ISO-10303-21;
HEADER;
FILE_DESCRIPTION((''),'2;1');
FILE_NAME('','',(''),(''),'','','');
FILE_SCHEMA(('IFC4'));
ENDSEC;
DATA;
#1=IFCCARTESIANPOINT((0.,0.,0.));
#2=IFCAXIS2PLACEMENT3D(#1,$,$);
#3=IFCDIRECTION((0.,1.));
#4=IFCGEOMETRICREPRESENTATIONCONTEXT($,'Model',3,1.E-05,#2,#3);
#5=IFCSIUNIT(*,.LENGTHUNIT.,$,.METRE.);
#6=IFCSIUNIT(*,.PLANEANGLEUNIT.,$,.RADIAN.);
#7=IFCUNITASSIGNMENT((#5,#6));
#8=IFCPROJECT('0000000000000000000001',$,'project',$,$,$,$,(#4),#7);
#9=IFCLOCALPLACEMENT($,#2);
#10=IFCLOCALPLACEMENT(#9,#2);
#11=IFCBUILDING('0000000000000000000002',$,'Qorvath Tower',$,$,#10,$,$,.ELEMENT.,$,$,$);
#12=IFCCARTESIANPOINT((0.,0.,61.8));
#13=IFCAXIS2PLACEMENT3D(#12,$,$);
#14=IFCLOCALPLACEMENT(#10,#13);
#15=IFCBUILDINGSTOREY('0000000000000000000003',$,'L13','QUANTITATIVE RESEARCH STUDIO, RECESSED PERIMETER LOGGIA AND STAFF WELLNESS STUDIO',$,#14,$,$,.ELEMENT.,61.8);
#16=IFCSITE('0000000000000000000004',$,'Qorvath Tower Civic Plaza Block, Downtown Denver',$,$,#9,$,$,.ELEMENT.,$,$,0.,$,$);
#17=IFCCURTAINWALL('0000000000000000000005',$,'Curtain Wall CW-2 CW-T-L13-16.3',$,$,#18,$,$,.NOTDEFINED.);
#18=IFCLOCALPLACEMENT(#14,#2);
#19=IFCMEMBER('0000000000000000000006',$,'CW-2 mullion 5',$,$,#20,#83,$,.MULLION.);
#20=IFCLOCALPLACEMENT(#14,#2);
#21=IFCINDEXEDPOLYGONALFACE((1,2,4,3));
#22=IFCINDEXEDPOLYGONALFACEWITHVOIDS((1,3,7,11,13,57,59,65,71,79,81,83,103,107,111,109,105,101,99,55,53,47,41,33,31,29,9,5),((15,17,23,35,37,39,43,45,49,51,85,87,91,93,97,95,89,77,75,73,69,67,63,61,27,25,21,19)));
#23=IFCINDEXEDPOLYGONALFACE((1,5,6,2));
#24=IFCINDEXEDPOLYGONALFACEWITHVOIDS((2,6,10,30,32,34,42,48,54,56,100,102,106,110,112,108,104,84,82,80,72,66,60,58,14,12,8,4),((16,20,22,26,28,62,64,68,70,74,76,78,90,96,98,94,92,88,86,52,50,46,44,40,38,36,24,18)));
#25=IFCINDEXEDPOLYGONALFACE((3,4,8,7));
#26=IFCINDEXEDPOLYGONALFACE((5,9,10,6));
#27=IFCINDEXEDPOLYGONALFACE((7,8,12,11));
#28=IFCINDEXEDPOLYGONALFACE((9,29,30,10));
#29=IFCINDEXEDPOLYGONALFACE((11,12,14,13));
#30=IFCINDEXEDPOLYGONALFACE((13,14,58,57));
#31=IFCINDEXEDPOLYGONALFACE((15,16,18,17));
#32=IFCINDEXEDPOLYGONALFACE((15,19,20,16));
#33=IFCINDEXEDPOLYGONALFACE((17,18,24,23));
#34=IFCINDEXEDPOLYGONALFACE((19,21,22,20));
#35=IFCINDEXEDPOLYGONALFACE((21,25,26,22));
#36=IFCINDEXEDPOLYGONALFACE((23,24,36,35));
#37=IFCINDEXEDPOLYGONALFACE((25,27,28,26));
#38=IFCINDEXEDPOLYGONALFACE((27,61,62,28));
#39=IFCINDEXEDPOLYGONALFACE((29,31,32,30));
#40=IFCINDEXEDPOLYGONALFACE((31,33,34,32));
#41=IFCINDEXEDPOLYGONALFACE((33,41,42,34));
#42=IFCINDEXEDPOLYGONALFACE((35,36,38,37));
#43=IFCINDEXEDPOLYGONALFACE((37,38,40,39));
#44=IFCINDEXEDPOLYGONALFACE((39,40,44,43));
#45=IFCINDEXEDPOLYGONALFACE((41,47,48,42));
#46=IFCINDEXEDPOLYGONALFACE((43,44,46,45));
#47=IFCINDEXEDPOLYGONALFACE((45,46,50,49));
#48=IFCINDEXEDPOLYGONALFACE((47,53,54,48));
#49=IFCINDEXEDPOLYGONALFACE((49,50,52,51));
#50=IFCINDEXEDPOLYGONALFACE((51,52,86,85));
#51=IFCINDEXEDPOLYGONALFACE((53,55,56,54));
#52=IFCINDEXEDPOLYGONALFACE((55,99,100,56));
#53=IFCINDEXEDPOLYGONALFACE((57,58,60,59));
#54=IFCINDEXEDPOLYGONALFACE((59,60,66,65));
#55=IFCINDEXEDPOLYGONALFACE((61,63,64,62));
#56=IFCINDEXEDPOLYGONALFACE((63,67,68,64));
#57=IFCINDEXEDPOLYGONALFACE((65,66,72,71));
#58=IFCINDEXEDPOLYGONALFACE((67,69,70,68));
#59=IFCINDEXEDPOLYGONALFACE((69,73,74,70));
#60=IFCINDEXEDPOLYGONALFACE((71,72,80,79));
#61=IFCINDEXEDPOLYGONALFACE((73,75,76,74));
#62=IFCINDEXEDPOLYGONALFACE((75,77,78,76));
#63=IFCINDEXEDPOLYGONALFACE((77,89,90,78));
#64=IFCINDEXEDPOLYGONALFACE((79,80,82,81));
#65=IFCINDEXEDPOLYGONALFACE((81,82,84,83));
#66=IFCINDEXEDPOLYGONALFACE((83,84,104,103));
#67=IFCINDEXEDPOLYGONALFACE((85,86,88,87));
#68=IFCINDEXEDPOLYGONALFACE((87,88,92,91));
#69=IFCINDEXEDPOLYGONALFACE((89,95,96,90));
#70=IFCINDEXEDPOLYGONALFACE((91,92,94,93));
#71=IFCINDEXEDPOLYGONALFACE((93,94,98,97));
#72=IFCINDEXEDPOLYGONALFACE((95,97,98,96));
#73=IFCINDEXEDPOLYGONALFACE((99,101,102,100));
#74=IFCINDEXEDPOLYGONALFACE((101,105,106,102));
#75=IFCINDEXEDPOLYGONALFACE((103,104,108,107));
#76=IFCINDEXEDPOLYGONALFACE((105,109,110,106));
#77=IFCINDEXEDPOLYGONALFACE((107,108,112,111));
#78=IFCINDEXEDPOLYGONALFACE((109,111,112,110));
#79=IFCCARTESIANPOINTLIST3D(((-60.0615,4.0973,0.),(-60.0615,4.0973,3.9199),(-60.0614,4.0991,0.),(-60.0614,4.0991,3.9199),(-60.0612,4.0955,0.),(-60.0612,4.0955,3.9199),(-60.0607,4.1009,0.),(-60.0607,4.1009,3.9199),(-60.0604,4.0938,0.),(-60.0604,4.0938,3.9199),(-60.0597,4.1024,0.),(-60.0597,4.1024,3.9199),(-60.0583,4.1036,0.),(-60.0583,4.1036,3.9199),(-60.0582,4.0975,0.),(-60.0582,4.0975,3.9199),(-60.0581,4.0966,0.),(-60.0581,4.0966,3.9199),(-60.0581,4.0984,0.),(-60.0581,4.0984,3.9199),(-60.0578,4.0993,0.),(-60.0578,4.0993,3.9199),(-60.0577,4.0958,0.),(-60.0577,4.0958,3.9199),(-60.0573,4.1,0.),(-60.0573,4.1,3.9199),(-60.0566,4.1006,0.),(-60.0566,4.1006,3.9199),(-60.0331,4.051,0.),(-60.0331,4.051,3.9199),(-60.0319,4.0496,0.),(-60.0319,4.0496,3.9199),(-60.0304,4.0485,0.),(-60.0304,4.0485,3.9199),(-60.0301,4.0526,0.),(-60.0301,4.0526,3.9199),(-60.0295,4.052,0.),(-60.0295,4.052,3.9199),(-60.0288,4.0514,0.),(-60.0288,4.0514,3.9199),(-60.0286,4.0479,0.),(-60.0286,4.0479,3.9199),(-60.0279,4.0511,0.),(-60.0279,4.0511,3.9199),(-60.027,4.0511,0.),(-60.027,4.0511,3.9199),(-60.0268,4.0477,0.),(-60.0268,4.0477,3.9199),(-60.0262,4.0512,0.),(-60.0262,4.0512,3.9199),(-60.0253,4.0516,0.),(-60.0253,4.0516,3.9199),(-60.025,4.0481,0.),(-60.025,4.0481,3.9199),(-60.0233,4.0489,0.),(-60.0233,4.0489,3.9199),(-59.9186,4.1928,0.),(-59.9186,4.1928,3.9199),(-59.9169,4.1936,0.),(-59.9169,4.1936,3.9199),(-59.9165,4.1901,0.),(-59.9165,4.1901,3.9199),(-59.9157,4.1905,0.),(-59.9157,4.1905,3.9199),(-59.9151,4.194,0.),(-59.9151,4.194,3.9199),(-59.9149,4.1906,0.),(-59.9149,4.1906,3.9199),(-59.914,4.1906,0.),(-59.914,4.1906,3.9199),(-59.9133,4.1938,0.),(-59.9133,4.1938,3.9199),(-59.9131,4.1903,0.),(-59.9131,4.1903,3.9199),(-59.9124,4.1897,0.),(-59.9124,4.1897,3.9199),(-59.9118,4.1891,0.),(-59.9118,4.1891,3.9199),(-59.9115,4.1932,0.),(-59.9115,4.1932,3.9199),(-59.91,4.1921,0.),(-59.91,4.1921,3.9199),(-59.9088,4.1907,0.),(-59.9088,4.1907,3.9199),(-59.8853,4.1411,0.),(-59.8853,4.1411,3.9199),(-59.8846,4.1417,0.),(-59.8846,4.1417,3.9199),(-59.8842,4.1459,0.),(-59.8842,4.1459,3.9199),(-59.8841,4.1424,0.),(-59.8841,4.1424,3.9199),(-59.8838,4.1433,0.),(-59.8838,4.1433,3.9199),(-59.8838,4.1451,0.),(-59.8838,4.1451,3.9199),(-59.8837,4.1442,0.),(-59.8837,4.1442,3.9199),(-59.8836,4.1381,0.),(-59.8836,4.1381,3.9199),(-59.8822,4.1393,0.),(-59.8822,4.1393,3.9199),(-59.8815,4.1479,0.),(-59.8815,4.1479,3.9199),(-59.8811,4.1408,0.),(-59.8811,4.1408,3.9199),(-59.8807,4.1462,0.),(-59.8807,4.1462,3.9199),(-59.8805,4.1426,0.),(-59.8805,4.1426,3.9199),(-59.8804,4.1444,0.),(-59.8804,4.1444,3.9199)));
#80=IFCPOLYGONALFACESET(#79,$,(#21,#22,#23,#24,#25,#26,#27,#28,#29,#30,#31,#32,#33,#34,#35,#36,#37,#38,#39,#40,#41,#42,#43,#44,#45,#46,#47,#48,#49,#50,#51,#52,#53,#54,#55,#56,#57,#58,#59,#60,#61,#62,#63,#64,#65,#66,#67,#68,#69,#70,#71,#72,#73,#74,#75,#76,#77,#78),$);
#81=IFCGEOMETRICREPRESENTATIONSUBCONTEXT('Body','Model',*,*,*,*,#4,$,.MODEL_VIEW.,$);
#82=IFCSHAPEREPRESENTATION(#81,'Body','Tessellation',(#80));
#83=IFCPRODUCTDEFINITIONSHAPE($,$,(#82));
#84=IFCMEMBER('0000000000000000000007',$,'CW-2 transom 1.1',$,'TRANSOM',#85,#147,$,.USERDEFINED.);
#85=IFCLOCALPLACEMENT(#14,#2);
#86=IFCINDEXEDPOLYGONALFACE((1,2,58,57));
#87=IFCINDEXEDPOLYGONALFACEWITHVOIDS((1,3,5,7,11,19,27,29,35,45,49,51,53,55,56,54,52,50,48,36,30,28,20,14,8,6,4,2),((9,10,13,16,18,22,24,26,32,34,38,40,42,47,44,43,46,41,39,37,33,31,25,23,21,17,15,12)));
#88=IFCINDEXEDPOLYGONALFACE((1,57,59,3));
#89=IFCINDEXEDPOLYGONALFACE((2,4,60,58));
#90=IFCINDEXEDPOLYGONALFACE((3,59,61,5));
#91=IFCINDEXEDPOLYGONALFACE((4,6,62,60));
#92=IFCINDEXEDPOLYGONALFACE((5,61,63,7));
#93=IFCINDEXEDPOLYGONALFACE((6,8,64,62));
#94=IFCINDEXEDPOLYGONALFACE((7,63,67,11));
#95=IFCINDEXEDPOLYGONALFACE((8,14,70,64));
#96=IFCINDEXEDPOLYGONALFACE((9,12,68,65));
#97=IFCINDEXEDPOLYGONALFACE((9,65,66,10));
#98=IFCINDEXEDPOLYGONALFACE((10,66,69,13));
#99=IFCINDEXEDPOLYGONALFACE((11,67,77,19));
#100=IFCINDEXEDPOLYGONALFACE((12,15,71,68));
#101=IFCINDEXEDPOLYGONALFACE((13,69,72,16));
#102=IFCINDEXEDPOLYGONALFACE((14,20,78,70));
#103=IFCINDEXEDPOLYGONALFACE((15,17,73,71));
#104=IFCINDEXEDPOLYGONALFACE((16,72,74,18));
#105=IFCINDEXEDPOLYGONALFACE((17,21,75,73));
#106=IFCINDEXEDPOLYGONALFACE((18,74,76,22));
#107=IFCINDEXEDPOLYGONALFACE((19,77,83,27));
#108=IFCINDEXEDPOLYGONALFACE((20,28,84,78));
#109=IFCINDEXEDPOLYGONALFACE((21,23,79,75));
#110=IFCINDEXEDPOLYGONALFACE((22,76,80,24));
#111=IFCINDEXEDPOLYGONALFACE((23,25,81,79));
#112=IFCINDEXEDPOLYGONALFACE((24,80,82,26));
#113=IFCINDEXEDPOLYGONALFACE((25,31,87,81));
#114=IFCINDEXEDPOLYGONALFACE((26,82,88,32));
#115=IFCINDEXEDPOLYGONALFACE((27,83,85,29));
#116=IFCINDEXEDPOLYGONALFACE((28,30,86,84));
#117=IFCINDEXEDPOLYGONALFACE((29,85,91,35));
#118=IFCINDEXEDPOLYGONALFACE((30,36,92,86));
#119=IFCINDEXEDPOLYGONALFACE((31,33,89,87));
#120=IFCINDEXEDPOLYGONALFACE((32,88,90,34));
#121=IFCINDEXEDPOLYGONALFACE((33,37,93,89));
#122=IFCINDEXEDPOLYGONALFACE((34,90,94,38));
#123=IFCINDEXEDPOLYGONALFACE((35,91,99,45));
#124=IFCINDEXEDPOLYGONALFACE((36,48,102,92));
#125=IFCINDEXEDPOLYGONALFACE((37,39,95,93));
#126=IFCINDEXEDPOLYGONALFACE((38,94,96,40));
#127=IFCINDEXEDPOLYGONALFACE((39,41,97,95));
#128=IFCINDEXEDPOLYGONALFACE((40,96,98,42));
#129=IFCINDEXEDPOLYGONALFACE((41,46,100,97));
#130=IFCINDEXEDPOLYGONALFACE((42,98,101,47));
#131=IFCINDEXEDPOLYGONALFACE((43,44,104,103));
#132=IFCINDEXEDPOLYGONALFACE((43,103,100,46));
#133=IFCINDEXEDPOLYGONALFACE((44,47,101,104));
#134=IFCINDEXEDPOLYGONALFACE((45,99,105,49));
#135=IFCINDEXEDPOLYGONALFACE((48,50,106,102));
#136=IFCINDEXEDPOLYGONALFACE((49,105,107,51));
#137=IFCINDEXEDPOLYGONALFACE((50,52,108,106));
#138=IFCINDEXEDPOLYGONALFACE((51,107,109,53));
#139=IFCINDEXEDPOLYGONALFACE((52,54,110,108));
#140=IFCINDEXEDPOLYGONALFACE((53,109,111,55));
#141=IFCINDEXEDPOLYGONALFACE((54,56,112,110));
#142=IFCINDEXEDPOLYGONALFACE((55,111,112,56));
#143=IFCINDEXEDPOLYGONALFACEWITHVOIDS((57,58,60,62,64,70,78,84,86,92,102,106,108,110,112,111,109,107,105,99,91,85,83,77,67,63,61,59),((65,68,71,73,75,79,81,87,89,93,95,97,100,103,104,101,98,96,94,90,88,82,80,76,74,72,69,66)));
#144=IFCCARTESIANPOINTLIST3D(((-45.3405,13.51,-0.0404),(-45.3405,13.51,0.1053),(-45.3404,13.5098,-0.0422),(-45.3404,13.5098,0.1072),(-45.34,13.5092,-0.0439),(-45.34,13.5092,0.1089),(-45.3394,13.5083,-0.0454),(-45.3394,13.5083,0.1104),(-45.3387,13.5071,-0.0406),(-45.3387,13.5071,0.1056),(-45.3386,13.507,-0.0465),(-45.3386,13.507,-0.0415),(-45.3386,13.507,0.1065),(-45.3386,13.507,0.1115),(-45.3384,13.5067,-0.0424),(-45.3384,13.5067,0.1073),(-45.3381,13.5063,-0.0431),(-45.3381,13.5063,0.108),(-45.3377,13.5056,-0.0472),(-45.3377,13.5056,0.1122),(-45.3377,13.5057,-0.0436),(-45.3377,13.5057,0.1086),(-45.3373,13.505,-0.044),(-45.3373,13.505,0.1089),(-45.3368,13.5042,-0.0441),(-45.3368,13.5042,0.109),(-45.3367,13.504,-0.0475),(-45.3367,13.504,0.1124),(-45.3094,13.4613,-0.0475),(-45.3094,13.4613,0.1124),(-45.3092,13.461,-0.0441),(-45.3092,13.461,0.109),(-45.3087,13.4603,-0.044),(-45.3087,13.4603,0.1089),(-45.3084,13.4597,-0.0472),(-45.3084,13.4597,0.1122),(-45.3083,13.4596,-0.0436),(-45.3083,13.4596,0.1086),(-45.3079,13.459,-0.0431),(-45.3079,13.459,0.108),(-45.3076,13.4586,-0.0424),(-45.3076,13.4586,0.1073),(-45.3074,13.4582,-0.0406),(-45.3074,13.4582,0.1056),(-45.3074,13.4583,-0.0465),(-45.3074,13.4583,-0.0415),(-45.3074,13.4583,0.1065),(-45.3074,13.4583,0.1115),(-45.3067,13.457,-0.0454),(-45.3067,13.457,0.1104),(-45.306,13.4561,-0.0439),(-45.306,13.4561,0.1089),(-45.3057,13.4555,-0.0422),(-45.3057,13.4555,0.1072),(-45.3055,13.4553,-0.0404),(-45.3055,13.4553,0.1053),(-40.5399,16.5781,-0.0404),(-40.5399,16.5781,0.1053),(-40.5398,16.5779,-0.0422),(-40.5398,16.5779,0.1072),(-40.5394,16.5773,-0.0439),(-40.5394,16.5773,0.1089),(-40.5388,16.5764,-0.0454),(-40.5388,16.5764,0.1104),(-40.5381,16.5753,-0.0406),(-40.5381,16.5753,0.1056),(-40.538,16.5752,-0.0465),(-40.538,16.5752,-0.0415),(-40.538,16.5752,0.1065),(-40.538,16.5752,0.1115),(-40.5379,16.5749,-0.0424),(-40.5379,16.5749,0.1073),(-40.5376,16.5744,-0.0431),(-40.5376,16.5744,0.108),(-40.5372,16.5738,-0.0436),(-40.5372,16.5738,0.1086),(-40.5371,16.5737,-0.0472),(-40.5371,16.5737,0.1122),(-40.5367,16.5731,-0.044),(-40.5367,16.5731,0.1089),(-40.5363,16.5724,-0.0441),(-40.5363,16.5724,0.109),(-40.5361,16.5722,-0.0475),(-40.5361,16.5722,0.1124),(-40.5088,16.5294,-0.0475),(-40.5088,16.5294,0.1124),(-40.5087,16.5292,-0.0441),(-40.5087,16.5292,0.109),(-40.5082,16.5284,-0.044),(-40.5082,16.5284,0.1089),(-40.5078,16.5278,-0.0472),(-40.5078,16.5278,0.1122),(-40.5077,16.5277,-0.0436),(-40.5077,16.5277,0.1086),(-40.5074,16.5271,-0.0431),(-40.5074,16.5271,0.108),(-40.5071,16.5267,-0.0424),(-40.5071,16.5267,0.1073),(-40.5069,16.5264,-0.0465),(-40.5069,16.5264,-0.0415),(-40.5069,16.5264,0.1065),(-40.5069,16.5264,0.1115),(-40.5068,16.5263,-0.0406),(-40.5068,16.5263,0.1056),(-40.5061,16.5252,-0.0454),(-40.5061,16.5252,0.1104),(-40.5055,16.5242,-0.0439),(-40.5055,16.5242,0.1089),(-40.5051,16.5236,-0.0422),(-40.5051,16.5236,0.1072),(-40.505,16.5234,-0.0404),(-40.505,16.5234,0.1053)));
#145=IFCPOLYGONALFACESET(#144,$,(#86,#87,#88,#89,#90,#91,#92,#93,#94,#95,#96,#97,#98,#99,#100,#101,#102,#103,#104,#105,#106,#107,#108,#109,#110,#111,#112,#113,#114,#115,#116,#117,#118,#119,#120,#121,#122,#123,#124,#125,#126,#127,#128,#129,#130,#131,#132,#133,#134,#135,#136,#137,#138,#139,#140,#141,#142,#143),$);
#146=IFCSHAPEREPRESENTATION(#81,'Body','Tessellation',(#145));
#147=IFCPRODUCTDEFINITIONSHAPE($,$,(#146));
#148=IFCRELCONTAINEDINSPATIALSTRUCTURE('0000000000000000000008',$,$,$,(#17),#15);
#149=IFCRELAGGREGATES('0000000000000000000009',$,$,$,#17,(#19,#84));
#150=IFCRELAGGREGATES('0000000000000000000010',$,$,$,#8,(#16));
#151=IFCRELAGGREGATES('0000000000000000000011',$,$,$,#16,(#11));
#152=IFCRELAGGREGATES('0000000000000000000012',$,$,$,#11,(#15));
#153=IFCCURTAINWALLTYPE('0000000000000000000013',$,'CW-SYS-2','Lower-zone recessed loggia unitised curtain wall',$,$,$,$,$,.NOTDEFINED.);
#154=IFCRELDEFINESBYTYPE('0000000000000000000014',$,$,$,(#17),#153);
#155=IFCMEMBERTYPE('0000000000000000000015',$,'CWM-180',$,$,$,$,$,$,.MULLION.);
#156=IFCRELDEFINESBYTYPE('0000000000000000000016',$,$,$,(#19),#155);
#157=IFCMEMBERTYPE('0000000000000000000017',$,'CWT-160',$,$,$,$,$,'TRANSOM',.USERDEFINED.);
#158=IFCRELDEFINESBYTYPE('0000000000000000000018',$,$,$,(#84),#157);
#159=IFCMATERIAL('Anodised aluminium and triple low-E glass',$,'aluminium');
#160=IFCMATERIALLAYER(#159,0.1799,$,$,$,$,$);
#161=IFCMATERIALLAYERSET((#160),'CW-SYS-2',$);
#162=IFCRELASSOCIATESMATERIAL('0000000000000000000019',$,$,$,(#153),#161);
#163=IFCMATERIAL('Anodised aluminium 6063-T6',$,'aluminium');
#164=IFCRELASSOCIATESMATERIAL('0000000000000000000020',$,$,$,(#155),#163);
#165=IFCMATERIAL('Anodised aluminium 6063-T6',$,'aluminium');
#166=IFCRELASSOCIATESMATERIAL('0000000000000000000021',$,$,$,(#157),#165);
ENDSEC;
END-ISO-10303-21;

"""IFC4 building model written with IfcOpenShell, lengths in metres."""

from ifc_helpers import new_model, si_unit, direction, frame, origin, origin_2d, place, context, subcontext, project, spatial, hollow_rectangle, extrude, material, layer, layer_set, material_profile, profile_set, type_object, element, aggregate, save


model = new_model("IFC4")

# Units and contexts
model_context = context("Model", 3, precision=1e-05, world=origin(), true_north=direction((0.0, 1.0)))
body_context = subcontext(model_context, "Body", "Model", "MODEL_VIEW")
ifc_project = project(units=[si_unit("LENGTHUNIT", "METRE"), si_unit("PLANEANGLEUNIT", "RADIAN")], contexts=[model_context])

# Site, building, storey
site_placement = place(None, origin())
site = spatial("IfcSite", under=ifc_project, at=site_placement, Name="Qorvath Tower Civic Plaza Block, Downtown Denver", CompositionType="ELEMENT", RefElevation=0.0)
building_placement = place(site_placement, origin())
building = spatial("IfcBuilding", under=site, at=building_placement, Name="Qorvath Tower", CompositionType="ELEMENT")
storey_placement = place(building_placement, frame((0.0, 0.0, 61.8)))
storey = spatial("IfcBuildingStorey", under=building, at=storey_placement, Name="L13", Description="QUANTITATIVE RESEARCH STUDIO, RECESSED PERIMETER LOGGIA AND STAFF WELLNESS STUDIO", CompositionType="ELEMENT", Elevation=61.8)

# Curtain wall, members
ifc_material_1 = material(Name="Anodised aluminium and triple low-E glass", Category="aluminium")
ifc_layer_1 = layer(ifc_material_1, 0.1799)
ifc_layer_set_1 = layer_set([ifc_layer_1], Name="CW-SYS-2")
curtain_wall_type = type_object("IfcCurtainWallType", Name="CW-SYS-2", Description="Lower-zone recessed loggia unitised curtain wall", PredefinedType="NOTDEFINED", material=ifc_layer_set_1)
curtain_wall_placement = place(storey_placement, origin())
curtain_wall = element("IfcCurtainWall", 1, at=curtain_wall_placement, inside=storey, type_object=curtain_wall_type, Name="Curtain Wall CW-2 CW-T-L13-16.3", PredefinedType="NOTDEFINED")
ifc_material_2 = material(Name="Anodised aluminium 6063-T6", Category="aluminium")
ifc_material_profile_1 = material_profile(ifc_material_2, hollow_rectangle(XDim=0.0649, YDim=0.1799, WallThickness=0.0034, InnerFilletRadius=0.0034, OuterFilletRadius=0.0071, at=origin_2d()), Name="CWM 180x65")
ifc_profile_set_1 = profile_set([ifc_material_profile_1], Name="Anodised aluminium 6063-T6")
member_type_1 = type_object("IfcMemberType", Name="CWM-180", PredefinedType="MULLION", material=ifc_profile_set_1)
member_1_placement = place(storey_placement, frame((-59.9709, 4.1208, 0.0), z_axis=(0.0, 0.0, 1.0), x_axis=(0.53853, -0.842607, 0.0)))
member_1 = element("IfcMember", 2, at=member_1_placement, type_object=member_type_1, Name="CW-2 mullion 5", PredefinedType="MULLION", context=body_context, shape_type="SweptSolid", body=[
    extrude(hollow_rectangle(XDim=0.0649, YDim=0.1799, WallThickness=0.0034, InnerFilletRadius=0.0034, OuterFilletRadius=0.0071, at=origin_2d()), origin(), (0.0, 0.0, 1.0), 3.9199),
])
ifc_material_3 = material(Name="Anodised aluminium 6063-T6", Category="aluminium")
ifc_material_profile_2 = material_profile(ifc_material_3, hollow_rectangle(XDim=0.0649, YDim=0.1599, WallThickness=0.0034, InnerFilletRadius=0.0034, OuterFilletRadius=0.0071, at=origin_2d()), Name="CWT 160x65")
ifc_profile_set_2 = profile_set([ifc_material_profile_2], Name="Anodised aluminium 6063-T6")
member_type_2 = type_object("IfcMemberType", Name="CWT-160", ElementType="TRANSOM", PredefinedType="USERDEFINED", material=ifc_profile_set_2)
member_2_placement = place(storey_placement, frame((-40.5225, 16.5508, 0.0325), z_axis=(-0.842608, -0.538527, 0.0), x_axis=(0.538527, -0.842608, 0.0)))
member_2 = element("IfcMember", 3, at=member_2_placement, type_object=member_type_2, Name="CW-2 transom 1.1", ObjectType="TRANSOM", PredefinedType="USERDEFINED", context=body_context, shape_type="SweptSolid", body=[
    extrude(hollow_rectangle(XDim=0.0649, YDim=0.1599, WallThickness=0.0034, InnerFilletRadius=0.0034, OuterFilletRadius=0.0071, at=origin_2d()), origin(), (0.0, 0.0, 1.0), 5.6973),
])

aggregate(curtain_wall, [member_1, member_2])

save(model, "model.ifc")
